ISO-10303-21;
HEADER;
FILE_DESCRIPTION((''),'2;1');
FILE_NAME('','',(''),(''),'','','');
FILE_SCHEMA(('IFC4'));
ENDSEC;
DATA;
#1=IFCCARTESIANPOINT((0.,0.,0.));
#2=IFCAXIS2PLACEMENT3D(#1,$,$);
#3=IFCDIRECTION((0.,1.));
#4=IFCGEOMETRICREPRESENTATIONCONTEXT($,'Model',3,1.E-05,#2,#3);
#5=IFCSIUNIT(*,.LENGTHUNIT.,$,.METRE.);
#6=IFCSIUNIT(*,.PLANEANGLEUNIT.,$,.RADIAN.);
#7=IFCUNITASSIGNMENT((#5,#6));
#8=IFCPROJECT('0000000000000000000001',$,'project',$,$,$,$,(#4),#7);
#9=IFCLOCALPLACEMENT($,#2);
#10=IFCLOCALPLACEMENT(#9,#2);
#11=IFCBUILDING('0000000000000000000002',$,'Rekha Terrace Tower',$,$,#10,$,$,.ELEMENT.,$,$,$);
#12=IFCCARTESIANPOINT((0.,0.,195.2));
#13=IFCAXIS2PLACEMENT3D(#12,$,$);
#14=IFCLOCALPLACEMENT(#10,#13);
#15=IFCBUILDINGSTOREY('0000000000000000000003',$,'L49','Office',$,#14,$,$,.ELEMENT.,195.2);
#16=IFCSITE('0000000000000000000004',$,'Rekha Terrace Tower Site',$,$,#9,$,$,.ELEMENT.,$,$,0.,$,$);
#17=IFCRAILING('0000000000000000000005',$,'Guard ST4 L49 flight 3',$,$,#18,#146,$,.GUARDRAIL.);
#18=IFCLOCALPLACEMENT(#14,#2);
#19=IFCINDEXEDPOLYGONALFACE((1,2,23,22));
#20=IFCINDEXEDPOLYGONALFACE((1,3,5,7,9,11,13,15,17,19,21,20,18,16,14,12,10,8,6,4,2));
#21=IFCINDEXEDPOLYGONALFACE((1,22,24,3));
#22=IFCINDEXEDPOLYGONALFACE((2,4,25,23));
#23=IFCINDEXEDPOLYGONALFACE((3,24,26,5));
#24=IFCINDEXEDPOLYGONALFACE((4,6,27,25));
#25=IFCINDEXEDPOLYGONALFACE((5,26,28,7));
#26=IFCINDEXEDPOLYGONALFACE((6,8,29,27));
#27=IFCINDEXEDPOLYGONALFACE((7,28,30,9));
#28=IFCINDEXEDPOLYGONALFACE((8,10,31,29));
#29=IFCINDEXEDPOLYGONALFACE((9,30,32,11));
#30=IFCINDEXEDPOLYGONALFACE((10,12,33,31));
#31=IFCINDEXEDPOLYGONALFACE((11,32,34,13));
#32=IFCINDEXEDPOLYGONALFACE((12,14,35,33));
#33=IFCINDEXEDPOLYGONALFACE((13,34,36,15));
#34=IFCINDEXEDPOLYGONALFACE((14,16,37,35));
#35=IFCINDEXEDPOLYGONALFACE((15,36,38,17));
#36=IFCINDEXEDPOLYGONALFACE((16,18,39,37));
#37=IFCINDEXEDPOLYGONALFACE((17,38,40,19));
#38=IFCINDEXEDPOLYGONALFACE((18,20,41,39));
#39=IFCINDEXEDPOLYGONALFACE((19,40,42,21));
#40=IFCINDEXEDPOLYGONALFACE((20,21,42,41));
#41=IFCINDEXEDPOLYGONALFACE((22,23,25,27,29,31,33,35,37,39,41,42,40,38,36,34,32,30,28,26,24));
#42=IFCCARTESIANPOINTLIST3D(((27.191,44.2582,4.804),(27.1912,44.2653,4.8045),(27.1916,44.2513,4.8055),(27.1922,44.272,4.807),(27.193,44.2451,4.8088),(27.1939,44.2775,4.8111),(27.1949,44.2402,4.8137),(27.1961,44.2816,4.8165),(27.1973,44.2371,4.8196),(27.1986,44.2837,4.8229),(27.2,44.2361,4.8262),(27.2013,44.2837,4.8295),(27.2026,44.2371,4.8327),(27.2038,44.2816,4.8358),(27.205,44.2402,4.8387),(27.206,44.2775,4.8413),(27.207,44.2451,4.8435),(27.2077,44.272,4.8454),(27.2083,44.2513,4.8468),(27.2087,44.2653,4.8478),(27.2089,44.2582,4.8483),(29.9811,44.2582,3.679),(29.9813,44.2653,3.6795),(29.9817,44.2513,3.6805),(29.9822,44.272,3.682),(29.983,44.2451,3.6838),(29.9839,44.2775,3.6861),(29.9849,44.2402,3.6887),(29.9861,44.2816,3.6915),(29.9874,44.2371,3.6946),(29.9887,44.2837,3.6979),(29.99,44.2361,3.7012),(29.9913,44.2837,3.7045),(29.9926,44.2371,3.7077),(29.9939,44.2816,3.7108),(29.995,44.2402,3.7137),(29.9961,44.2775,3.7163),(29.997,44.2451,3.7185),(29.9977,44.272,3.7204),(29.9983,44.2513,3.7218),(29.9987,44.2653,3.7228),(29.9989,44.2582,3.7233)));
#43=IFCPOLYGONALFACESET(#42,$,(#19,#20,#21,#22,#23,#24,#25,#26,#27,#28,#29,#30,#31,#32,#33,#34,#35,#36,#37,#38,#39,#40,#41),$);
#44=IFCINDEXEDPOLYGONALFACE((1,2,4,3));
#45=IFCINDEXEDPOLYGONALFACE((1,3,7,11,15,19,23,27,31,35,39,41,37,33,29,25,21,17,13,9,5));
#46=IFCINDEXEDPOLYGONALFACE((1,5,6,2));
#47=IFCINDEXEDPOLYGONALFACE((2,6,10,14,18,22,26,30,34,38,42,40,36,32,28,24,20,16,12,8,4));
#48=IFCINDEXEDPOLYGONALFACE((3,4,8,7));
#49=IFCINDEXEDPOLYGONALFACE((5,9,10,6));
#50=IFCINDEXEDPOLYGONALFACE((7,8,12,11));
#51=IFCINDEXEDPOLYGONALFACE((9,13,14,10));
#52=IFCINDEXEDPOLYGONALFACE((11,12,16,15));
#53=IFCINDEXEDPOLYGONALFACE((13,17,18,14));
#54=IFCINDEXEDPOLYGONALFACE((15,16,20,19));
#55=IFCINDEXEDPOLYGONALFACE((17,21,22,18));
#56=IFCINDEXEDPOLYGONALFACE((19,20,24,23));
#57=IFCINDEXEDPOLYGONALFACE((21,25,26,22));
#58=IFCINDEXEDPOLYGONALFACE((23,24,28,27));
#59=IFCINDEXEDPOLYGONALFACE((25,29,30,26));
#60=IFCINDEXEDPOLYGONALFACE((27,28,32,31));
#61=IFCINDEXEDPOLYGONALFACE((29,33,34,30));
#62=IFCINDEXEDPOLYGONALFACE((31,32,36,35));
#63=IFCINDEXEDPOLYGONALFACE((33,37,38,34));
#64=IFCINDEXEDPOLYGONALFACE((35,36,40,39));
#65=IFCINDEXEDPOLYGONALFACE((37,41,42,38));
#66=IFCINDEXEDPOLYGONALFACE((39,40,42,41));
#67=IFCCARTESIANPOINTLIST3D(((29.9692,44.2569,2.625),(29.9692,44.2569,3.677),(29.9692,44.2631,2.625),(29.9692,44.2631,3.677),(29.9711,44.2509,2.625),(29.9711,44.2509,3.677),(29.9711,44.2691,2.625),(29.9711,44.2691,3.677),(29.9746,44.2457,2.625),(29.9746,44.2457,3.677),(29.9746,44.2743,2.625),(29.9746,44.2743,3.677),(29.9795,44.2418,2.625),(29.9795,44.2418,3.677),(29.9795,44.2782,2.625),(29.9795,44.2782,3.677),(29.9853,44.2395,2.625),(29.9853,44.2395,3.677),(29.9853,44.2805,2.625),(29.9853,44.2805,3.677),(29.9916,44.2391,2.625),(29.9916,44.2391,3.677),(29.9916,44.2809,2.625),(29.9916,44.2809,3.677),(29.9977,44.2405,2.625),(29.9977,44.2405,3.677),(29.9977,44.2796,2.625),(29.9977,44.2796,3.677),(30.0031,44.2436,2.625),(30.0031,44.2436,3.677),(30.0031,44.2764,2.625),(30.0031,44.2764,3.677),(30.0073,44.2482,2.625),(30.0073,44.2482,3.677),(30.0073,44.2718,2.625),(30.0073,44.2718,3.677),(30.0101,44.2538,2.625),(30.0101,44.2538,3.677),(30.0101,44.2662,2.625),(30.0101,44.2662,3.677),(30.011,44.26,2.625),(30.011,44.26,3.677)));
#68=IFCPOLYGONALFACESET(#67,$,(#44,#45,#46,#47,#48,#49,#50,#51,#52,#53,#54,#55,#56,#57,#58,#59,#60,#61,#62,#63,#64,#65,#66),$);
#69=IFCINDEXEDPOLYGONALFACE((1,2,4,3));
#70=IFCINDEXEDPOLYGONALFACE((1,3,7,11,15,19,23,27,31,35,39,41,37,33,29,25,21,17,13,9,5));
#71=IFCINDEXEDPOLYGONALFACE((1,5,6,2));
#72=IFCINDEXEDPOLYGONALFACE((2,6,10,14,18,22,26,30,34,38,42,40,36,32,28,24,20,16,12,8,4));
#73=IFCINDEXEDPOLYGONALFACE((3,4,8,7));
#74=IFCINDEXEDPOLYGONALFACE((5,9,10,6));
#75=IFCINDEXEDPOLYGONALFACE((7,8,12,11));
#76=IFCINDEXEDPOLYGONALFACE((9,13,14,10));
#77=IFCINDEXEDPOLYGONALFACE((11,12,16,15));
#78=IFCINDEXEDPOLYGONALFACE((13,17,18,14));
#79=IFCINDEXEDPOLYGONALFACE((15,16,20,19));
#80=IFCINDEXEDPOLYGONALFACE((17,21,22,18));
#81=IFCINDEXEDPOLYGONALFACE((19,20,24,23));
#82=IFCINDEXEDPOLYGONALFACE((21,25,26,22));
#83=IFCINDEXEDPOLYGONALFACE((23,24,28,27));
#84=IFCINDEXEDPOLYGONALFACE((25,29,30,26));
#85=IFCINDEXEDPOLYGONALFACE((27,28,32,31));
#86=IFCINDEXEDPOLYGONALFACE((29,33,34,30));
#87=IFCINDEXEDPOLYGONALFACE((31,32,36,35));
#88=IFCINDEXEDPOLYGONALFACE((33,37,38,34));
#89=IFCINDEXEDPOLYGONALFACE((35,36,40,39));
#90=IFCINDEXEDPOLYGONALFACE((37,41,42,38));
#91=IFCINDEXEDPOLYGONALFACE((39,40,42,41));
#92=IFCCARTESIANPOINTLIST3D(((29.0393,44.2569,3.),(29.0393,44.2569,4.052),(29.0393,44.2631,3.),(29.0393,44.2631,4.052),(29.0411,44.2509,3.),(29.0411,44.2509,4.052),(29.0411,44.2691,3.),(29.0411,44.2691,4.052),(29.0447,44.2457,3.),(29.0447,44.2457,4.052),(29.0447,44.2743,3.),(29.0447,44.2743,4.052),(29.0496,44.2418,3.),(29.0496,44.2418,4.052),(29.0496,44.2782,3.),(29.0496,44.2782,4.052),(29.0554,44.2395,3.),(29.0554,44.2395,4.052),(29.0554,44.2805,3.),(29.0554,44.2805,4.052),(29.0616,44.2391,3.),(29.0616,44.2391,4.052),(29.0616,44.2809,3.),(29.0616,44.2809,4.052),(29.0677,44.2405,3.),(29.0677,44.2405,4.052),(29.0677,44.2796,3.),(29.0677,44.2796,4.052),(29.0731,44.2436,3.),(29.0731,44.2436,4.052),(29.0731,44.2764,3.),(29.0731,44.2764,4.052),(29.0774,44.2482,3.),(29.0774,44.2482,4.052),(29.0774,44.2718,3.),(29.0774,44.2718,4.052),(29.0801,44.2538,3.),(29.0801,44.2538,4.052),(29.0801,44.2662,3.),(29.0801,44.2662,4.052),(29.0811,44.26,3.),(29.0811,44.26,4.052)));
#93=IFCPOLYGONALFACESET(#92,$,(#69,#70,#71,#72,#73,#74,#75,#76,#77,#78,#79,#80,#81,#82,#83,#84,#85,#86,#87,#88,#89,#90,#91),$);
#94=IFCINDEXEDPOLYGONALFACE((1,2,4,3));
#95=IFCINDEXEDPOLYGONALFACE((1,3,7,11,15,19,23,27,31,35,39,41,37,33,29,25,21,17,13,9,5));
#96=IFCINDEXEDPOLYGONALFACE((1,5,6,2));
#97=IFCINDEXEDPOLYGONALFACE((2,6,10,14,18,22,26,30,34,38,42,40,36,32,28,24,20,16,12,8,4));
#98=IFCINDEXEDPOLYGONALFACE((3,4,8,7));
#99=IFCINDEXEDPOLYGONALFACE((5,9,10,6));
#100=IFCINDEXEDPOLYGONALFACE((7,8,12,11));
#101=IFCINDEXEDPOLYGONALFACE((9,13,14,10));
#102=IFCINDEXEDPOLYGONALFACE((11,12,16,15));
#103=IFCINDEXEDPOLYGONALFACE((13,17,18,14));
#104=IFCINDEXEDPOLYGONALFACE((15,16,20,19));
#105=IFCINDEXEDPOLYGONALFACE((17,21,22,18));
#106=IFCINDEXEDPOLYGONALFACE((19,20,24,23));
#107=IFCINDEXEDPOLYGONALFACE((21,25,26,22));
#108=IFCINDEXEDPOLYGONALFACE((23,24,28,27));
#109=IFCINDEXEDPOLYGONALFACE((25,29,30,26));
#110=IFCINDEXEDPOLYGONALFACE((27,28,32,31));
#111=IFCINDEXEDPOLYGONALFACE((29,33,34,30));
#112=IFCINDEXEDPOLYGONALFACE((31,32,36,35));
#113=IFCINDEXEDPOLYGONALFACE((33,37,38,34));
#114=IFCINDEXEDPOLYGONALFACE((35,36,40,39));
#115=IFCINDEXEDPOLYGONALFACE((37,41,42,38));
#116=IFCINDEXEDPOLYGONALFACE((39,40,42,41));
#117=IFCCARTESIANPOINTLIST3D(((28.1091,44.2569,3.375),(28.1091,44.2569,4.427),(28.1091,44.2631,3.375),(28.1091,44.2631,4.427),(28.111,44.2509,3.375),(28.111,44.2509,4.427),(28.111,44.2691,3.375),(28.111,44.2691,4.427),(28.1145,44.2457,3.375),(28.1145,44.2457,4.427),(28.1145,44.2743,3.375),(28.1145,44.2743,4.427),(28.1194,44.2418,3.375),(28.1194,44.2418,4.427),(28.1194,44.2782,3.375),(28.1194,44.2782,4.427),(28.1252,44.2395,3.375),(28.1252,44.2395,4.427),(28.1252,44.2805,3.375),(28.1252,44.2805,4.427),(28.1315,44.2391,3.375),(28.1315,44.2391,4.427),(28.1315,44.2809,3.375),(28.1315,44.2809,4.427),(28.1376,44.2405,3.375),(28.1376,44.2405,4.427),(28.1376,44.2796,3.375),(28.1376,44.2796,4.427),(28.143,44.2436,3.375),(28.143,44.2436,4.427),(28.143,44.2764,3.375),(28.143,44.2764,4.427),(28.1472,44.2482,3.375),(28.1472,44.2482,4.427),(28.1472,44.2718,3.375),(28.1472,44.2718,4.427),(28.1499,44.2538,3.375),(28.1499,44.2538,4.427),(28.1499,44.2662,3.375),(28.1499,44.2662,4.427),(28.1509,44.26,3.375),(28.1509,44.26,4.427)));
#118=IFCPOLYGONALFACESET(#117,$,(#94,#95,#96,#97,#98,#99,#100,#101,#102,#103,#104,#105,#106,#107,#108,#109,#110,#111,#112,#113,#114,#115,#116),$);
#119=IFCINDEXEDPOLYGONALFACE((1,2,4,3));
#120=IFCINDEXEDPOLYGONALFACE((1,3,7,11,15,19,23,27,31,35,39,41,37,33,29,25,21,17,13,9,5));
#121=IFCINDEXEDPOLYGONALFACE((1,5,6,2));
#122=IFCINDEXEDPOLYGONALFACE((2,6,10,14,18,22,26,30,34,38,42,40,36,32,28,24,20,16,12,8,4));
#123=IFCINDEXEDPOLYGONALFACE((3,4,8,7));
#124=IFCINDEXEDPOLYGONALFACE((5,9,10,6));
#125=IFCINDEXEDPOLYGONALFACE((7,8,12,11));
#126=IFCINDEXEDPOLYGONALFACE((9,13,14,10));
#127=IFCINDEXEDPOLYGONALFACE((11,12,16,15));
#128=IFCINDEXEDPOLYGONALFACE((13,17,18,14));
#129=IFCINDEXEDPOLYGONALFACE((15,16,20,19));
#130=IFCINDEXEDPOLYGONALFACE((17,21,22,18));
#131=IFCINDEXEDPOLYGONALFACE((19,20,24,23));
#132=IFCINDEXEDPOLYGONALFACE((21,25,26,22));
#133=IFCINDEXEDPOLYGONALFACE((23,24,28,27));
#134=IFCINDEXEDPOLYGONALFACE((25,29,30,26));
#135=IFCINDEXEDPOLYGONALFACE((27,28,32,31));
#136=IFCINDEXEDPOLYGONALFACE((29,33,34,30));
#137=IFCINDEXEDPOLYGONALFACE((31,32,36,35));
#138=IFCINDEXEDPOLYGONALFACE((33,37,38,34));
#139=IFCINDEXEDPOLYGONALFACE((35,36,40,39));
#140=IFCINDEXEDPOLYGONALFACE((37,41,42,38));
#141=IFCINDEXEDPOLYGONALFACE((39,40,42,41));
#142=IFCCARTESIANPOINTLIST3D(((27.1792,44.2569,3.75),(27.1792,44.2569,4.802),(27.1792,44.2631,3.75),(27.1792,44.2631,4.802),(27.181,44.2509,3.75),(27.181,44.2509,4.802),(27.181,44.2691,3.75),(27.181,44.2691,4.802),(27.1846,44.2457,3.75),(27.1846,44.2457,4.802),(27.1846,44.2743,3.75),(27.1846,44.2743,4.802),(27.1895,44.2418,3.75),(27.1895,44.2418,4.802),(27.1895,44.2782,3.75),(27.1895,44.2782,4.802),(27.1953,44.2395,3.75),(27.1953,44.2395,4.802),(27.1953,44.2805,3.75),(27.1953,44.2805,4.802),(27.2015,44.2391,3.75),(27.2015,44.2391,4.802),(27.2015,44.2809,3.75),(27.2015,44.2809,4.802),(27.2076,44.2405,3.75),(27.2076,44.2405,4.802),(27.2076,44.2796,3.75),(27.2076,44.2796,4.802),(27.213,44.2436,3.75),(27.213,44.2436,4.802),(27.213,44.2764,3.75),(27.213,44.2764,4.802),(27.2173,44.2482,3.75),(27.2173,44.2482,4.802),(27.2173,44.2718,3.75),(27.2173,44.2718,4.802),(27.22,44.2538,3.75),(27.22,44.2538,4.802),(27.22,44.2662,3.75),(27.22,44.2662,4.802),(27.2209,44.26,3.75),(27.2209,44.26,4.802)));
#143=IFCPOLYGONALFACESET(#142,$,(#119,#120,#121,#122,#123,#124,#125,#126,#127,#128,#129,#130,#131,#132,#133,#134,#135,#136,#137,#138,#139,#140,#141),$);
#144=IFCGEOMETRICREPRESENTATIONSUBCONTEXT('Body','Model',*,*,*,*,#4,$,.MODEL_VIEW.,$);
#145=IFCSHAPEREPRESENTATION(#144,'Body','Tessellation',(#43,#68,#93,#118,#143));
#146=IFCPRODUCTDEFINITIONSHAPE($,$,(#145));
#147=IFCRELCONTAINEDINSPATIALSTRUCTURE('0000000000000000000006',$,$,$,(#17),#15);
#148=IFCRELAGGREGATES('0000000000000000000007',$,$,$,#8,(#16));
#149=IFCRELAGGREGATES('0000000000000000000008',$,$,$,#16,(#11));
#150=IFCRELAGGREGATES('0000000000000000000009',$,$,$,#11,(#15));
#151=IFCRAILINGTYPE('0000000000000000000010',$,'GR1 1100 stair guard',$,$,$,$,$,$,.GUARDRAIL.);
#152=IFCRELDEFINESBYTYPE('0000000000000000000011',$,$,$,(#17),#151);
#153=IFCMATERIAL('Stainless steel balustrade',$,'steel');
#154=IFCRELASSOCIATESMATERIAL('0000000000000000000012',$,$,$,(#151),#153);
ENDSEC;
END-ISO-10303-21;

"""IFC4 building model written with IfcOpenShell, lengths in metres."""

from ifc_helpers import new_model, si_unit, direction, frame, origin, origin_2d, place, context, subcontext, project, spatial, circle, extrude, material, type_object, element, save


model = new_model("IFC4")

# Units and contexts
model_context = context("Model", 3, precision=1e-05, world=origin(), true_north=direction((0.0, 1.0)))
body_context = subcontext(model_context, "Body", "Model", "MODEL_VIEW")
ifc_project = project(units=[si_unit("LENGTHUNIT", "METRE"), si_unit("PLANEANGLEUNIT", "RADIAN")], contexts=[model_context])

# Site, building, storey
site_placement = place(None, origin())
site = spatial("IfcSite", under=ifc_project, at=site_placement, Name="Rekha Terrace Tower Site", CompositionType="ELEMENT", RefElevation=0.0)
building_placement = place(site_placement, origin())
building = spatial("IfcBuilding", under=site, at=building_placement, Name="Rekha Terrace Tower", CompositionType="ELEMENT")
storey_placement = place(building_placement, frame((0.0, 0.0, 195.2)))
storey = spatial("IfcBuildingStorey", under=building, at=storey_placement, Name="L49", Description="Office", CompositionType="ELEMENT", Elevation=195.2)

# Railing
ifc_material_1 = material(Name="Stainless steel balustrade", Category="steel")
railing_type_1 = type_object("IfcRailingType", Name="GR1 1100 stair guard", PredefinedType="GUARDRAIL", material=ifc_material_1)
railing_1_placement = place(storey_placement, frame((29.99, 44.26, 2.625)))
element("IfcRailing", 1, at=railing_1_placement, inside=storey, type_object=railing_type_1, Name="Guard ST4 L49 flight 3", PredefinedType="GUARDRAIL", context=body_context, shape_type="SweptSolid", body=[
    extrude(circle(Radius=0.0239, at=origin_2d()), frame((0.0, 0.0, 1.0762), z_axis=(-0.927443, 0.0, 0.373964), x_axis=(0.0, -1.0, 0.0)), (0.0, 0.0, 1.0), 3.0083),
    extrude(circle(Radius=0.021, at=origin_2d()), origin(), (0.0, 0.0, 1.0), 1.052),
    extrude(circle(Radius=0.021, at=origin_2d()), frame((-0.9299, 0.0, 0.375)), (0.0, 0.0, 1.0), 1.052),
    extrude(circle(Radius=0.021, at=origin_2d()), frame((-1.8601, 0.0, 0.75)), (0.0, 0.0, 1.0), 1.052),
    extrude(circle(Radius=0.021, at=origin_2d()), frame((-2.79, 0.0, 1.125)), (0.0, 0.0, 1.0), 1.052),
])

save(model, "model.ifc")
